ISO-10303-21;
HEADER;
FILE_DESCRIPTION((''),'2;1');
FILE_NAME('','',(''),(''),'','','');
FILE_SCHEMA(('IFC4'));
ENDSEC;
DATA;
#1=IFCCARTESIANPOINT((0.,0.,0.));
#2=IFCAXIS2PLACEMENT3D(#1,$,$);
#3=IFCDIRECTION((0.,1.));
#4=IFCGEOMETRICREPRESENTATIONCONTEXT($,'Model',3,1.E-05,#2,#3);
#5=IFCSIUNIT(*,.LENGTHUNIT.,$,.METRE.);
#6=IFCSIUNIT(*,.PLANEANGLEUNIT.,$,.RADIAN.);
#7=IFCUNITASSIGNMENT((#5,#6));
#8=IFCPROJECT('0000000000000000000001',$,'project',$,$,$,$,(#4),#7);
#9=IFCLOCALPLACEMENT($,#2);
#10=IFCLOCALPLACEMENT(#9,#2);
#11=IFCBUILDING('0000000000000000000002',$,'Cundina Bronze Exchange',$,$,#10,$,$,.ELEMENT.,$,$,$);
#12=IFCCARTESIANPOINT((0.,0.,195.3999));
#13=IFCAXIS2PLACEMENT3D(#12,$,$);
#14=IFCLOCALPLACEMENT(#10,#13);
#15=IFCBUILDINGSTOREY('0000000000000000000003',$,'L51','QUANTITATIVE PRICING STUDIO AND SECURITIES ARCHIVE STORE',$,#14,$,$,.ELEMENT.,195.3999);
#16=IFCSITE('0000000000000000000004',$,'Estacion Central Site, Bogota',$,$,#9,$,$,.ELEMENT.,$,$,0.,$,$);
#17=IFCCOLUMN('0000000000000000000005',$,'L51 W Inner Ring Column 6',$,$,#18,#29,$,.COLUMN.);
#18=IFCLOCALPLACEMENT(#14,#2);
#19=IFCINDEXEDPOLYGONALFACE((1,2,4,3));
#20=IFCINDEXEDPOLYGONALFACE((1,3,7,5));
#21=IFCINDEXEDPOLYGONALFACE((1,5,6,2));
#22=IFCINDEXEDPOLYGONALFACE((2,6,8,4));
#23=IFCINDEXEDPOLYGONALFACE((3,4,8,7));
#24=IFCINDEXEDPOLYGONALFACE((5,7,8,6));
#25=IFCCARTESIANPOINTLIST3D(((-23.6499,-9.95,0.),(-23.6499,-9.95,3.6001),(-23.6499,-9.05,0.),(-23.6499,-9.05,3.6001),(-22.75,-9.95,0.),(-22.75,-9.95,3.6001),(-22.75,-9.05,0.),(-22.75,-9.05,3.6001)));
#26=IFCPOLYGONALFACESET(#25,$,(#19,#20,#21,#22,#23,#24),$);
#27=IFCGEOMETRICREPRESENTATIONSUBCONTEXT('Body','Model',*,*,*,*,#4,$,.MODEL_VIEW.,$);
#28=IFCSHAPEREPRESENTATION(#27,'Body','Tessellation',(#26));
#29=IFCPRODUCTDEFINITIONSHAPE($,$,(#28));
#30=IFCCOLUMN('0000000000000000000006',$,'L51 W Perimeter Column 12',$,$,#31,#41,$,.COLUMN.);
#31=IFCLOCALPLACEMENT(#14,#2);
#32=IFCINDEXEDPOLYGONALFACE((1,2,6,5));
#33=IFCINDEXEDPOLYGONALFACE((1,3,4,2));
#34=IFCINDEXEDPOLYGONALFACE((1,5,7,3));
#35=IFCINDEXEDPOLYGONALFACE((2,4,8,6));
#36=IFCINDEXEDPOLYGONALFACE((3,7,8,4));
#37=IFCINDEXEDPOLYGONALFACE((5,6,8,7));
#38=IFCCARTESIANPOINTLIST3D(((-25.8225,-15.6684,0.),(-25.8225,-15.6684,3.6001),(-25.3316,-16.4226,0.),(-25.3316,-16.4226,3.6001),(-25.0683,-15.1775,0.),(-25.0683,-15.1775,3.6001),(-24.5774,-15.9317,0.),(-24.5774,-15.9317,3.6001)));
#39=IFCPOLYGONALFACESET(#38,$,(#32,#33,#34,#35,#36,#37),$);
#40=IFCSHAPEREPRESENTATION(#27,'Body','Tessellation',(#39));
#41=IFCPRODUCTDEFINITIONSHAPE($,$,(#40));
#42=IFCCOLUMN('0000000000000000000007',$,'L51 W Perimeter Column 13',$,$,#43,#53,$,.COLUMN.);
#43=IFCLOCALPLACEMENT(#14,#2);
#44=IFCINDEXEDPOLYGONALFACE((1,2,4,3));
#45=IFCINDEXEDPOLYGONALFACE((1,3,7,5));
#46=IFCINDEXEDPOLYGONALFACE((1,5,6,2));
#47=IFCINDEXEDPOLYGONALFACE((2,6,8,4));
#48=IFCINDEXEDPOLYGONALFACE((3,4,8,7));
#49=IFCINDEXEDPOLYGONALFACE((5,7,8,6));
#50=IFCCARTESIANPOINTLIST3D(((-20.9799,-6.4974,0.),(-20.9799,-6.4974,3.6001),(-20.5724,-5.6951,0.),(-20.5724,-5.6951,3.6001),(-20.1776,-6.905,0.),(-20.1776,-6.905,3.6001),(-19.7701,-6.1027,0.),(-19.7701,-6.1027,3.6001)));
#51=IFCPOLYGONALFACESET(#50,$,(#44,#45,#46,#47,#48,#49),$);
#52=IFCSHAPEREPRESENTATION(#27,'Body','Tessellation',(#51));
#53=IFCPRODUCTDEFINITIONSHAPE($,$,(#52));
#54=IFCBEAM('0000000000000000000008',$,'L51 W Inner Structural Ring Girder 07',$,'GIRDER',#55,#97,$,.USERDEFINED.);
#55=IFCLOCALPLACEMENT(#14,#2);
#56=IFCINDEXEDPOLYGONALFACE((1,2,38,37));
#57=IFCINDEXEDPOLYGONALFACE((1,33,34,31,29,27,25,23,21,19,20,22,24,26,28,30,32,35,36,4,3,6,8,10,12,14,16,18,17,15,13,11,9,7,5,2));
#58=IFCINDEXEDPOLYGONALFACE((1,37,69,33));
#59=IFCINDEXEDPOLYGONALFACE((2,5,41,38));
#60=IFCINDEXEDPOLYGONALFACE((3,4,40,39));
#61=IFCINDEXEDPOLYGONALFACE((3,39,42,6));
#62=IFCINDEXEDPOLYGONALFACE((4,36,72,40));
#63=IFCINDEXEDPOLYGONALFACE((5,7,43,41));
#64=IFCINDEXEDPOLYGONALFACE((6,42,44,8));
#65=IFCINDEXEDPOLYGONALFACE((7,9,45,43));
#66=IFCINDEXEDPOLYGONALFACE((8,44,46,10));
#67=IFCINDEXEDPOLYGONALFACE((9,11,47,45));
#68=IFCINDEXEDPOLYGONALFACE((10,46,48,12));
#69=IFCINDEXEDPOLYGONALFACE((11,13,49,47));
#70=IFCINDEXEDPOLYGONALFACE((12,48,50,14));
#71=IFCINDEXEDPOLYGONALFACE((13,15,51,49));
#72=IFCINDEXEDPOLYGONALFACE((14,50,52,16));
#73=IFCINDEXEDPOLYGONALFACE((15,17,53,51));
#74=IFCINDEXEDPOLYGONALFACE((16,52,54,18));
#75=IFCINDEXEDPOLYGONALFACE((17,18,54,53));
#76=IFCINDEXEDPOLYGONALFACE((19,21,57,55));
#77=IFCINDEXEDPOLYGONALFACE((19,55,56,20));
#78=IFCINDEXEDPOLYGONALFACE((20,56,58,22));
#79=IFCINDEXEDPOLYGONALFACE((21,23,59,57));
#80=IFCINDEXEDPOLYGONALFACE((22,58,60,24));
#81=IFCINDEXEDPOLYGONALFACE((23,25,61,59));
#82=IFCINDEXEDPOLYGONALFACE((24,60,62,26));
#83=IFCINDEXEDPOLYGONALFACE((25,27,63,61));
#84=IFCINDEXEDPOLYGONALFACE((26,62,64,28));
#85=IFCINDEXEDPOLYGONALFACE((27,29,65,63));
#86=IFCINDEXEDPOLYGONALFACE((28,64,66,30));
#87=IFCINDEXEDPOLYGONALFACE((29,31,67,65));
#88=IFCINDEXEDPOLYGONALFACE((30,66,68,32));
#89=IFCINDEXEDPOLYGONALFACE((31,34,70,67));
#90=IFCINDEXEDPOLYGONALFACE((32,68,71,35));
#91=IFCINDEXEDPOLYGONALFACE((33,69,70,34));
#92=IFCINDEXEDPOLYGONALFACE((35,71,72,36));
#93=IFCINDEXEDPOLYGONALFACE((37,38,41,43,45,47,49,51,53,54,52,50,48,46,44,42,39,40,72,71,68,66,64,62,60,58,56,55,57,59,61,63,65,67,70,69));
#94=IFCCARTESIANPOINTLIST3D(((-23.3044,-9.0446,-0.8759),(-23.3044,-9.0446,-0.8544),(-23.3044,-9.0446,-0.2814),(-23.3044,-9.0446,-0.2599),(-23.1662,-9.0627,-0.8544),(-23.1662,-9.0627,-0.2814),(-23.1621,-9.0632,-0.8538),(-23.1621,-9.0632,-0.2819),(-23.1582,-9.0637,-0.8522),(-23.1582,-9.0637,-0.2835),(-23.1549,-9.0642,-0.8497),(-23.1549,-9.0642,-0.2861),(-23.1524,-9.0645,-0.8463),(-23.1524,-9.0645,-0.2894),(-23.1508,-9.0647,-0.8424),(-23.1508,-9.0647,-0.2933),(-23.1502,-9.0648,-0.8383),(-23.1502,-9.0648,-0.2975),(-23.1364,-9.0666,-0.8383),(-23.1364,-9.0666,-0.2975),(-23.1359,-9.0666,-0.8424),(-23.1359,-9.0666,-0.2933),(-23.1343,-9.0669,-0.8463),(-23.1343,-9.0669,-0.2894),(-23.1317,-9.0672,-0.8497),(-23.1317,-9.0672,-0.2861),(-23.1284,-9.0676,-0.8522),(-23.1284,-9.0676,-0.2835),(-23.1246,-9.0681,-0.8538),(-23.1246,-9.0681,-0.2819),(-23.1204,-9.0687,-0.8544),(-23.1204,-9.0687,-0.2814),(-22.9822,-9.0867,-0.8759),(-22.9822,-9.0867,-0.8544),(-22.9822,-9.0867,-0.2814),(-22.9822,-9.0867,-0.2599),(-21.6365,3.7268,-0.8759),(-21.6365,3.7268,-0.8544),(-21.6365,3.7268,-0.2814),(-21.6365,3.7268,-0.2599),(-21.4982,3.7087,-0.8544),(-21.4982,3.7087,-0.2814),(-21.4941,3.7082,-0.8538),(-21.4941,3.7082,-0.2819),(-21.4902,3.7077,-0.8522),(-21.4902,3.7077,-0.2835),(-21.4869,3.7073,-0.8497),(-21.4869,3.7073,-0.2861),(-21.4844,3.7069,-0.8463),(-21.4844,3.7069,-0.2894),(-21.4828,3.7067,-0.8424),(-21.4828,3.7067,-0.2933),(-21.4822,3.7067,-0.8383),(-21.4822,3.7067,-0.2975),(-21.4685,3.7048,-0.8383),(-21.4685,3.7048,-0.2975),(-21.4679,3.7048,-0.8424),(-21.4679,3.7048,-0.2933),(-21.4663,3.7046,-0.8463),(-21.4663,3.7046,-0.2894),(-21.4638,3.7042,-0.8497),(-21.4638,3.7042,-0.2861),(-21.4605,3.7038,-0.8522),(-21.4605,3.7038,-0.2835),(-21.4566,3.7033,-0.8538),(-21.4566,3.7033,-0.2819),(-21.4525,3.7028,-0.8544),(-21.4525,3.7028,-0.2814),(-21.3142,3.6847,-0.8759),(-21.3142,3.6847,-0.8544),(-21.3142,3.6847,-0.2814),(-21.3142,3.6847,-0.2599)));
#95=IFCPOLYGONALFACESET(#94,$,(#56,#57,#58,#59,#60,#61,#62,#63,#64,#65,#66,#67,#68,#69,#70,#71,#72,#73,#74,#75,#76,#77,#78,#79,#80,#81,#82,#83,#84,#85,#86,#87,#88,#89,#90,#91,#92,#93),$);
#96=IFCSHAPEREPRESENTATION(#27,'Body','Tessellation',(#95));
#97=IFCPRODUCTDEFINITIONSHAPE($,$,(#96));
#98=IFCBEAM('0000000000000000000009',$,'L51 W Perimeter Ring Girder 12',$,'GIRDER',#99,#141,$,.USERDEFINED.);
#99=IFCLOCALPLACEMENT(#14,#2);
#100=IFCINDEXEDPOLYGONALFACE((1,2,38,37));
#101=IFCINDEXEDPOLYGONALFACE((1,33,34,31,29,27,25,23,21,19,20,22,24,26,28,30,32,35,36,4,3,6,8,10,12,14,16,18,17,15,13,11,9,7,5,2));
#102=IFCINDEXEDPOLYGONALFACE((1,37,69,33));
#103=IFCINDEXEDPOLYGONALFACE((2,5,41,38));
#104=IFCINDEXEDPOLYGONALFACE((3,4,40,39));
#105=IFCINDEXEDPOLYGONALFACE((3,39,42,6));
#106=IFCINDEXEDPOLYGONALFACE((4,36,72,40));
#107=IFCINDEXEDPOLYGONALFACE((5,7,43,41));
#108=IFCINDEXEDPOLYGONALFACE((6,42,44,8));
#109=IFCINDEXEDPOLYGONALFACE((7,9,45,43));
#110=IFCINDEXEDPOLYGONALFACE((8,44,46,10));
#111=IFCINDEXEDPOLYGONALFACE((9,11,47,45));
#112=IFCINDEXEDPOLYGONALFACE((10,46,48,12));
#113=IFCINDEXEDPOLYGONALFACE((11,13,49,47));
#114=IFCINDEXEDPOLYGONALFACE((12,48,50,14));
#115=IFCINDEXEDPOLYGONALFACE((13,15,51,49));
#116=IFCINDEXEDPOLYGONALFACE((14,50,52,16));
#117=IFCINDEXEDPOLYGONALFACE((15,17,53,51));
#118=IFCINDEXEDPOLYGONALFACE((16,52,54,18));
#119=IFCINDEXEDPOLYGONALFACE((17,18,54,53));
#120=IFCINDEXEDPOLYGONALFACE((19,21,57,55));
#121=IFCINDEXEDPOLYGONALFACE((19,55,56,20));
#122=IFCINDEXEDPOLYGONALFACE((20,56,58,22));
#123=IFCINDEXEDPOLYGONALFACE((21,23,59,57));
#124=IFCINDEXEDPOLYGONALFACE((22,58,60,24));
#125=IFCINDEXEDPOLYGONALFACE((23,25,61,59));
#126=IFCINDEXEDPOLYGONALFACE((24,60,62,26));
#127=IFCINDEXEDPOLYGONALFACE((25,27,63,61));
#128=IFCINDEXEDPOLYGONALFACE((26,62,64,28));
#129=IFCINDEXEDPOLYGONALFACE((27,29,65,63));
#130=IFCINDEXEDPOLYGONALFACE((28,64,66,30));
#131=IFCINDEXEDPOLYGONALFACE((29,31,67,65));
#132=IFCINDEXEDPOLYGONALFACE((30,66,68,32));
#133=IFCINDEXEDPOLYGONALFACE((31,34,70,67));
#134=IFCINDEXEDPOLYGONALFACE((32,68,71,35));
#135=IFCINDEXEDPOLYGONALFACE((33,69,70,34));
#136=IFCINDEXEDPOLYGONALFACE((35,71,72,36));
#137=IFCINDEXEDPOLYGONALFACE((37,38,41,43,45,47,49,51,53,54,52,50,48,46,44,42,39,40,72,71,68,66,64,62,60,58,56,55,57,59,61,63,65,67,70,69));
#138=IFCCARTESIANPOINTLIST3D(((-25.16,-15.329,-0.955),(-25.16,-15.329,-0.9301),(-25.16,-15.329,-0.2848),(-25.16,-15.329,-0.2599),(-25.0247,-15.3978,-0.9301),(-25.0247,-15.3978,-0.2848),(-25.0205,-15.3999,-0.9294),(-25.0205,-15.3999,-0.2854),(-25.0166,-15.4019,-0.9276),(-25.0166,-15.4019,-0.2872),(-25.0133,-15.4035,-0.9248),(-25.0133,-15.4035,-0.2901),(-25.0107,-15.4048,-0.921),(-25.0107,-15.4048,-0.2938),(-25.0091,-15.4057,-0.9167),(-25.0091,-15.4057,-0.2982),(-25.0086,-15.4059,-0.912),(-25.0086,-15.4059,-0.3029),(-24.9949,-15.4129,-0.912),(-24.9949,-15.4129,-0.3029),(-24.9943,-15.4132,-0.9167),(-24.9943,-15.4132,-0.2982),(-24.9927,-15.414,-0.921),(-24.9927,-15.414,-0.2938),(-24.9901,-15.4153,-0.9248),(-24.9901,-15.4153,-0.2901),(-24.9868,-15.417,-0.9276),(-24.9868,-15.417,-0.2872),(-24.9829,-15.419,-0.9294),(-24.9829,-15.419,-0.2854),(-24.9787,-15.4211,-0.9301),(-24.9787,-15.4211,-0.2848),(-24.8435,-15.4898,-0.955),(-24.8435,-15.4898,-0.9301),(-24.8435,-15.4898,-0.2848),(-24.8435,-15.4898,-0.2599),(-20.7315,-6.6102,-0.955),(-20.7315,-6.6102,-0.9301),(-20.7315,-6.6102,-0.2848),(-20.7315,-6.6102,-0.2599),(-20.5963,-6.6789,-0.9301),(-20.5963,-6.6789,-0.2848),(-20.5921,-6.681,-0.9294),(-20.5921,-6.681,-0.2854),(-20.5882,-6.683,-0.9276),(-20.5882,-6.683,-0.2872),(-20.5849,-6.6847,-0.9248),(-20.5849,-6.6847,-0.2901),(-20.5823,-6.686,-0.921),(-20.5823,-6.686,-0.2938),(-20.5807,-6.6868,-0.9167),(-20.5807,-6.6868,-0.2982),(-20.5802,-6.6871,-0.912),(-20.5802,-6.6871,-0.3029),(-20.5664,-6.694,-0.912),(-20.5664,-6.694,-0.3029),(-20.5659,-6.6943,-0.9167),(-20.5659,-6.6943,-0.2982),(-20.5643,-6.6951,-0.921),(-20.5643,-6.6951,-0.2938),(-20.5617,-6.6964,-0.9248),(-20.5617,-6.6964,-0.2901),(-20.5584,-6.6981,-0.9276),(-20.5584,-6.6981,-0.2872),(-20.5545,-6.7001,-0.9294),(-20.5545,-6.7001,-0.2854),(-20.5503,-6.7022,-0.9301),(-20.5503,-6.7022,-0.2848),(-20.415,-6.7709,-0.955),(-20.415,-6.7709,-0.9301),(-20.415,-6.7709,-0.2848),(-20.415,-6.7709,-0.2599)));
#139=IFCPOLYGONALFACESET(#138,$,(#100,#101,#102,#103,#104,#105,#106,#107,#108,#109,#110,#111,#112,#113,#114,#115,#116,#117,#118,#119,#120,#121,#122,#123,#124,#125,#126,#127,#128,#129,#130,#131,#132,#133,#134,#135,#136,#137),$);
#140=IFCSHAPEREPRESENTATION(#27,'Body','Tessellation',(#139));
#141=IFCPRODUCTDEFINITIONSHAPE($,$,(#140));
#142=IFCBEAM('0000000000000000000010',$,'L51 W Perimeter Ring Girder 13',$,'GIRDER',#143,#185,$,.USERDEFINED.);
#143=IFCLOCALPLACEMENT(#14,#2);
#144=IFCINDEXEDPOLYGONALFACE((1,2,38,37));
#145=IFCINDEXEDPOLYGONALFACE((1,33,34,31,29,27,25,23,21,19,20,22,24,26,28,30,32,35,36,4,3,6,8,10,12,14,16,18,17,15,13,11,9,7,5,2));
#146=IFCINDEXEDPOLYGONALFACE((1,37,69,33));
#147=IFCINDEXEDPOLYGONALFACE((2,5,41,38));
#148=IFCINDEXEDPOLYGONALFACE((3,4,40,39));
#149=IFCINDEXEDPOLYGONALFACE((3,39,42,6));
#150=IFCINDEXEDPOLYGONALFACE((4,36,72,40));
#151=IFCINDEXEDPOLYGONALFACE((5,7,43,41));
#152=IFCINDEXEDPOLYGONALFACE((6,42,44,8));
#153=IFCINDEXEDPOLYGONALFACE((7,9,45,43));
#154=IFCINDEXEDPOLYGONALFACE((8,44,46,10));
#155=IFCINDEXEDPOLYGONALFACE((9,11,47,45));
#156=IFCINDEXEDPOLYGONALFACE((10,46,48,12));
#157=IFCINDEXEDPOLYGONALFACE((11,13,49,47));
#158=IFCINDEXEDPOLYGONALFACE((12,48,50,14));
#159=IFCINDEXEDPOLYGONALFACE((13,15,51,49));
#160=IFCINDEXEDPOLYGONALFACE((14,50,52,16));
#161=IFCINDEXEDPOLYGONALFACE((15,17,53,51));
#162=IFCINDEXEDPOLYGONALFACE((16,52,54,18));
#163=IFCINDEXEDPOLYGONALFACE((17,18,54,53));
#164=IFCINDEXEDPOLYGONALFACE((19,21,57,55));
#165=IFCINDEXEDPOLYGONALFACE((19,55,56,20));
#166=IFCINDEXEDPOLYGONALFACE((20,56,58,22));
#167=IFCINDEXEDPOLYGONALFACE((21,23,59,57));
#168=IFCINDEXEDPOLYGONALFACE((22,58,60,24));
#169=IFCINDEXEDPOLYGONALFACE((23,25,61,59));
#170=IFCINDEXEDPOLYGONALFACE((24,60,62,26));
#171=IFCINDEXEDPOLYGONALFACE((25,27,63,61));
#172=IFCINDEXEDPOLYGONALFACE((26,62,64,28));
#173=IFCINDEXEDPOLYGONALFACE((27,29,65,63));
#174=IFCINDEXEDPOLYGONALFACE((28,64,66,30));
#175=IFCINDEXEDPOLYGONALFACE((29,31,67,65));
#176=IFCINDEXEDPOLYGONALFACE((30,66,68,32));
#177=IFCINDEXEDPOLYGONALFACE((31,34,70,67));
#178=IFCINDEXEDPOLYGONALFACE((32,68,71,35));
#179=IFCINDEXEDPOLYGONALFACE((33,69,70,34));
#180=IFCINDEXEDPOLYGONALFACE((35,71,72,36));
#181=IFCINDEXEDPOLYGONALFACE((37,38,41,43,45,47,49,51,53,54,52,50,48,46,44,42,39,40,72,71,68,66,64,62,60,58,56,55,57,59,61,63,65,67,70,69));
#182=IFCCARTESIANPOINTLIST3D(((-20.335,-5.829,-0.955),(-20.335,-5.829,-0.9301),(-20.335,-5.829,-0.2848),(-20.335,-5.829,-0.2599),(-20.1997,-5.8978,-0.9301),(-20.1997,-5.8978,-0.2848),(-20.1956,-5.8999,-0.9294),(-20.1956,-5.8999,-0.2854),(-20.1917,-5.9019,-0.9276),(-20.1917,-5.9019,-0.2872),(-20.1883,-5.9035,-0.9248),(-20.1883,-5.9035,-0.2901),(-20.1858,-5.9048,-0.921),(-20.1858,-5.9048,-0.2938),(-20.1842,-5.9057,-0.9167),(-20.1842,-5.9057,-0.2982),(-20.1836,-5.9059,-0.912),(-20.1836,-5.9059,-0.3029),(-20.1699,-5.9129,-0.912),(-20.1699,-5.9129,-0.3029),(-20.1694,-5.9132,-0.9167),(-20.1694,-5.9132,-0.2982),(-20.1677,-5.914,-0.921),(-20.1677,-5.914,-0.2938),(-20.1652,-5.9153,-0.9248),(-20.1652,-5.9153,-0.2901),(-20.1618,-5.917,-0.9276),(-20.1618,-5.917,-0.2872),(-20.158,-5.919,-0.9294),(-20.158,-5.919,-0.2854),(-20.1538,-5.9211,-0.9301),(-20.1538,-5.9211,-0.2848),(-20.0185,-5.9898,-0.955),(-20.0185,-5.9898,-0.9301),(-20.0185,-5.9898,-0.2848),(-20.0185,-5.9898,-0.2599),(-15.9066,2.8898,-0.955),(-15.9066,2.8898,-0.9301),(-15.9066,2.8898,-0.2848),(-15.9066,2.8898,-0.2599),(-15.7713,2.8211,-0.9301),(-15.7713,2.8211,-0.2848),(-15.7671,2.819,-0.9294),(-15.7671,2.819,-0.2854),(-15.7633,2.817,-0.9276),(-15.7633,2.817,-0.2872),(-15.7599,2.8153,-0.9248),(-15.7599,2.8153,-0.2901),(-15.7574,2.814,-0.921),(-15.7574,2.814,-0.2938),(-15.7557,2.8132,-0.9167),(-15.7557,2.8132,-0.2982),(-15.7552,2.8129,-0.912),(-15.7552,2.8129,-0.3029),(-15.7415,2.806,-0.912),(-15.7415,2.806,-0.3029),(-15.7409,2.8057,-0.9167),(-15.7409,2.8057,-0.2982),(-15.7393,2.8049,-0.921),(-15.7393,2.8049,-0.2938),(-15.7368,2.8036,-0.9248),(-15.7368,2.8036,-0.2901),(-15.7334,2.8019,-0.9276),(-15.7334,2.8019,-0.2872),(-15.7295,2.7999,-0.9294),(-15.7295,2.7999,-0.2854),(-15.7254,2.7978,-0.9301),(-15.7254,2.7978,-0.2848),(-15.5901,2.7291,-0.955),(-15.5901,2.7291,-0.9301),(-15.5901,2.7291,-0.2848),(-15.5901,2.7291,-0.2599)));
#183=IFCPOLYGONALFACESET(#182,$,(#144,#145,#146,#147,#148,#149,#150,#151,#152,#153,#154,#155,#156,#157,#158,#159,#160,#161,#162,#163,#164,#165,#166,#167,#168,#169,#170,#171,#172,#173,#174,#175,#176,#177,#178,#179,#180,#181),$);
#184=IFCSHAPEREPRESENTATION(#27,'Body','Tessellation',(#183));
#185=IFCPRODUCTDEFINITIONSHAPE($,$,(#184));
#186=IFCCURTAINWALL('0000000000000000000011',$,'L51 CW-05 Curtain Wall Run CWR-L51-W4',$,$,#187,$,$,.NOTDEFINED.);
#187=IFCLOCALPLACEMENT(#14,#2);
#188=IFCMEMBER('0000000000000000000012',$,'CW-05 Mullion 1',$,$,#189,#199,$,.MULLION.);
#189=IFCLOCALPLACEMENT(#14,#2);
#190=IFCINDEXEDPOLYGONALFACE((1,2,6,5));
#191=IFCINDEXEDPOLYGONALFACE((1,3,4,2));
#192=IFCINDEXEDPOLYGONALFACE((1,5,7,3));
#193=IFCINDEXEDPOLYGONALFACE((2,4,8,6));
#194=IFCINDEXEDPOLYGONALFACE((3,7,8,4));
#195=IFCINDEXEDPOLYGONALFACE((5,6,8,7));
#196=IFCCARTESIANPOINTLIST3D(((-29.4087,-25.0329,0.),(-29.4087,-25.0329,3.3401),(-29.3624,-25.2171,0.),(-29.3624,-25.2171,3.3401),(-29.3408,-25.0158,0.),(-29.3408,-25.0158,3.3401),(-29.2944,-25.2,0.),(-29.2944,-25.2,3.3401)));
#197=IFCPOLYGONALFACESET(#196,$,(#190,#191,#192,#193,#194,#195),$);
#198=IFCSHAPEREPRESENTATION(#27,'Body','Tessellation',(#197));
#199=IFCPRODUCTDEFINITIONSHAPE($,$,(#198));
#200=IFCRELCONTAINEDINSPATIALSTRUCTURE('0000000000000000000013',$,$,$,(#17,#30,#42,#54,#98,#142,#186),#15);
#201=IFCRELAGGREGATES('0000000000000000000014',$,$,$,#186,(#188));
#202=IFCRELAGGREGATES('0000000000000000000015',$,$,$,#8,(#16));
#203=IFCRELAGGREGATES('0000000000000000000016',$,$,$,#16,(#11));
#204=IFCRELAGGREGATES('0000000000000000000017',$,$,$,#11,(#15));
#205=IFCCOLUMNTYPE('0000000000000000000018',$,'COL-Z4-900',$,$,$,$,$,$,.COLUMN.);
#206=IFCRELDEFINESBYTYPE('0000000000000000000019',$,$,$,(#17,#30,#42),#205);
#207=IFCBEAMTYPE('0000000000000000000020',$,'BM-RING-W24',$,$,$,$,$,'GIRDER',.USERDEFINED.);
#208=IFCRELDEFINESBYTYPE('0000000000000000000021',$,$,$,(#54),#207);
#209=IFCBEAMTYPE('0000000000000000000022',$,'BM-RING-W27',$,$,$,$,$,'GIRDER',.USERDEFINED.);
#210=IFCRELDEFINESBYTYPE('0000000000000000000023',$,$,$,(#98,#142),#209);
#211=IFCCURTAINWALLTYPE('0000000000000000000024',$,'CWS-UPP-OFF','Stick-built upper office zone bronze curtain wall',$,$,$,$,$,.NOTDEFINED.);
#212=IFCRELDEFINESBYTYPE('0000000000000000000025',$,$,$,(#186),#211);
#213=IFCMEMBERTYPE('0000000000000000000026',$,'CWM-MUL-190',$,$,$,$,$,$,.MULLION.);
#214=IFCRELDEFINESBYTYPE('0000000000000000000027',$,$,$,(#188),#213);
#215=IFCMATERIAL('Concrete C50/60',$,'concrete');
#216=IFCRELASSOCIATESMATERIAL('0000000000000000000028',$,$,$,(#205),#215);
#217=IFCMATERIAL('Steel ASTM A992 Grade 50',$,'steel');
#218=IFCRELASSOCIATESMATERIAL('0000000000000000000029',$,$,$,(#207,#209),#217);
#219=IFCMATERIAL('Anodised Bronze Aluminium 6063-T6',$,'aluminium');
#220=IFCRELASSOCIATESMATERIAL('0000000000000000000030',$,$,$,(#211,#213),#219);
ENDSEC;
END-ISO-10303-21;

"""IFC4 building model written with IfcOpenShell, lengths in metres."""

from ifc_helpers import new_model, si_unit, direction, frame, origin, origin_2d, place, context, subcontext, project, spatial, rectangle, i_section, extrude, material, material_profile, profile_set, type_object, element, aggregate, save


model = new_model("IFC4")

# Units and contexts
model_context = context("Model", 3, precision=1e-05, world=origin(), true_north=direction((0.0, 1.0)))
body_context = subcontext(model_context, "Body", "Model", "MODEL_VIEW")
ifc_project = project(units=[si_unit("LENGTHUNIT", "METRE"), si_unit("PLANEANGLEUNIT", "RADIAN")], contexts=[model_context])

# Site, building, storey
site_placement = place(None, origin())
site = spatial("IfcSite", under=ifc_project, at=site_placement, Name="Estacion Central Site, Bogota", CompositionType="ELEMENT", RefElevation=0.0)
building_placement = place(site_placement, origin())
building = spatial("IfcBuilding", under=site, at=building_placement, Name="Cundina Bronze Exchange", CompositionType="ELEMENT")
storey_placement = place(building_placement, frame((0.0, 0.0, 195.3999)))
storey = spatial("IfcBuildingStorey", under=building, at=storey_placement, Name="L51", Description="QUANTITATIVE PRICING STUDIO AND SECURITIES ARCHIVE STORE", CompositionType="ELEMENT", Elevation=195.3999)

# Columns
ifc_material_1 = material(Name="Concrete C50/60", Category="concrete")
ifc_material_profile_1 = material_profile(ifc_material_1, rectangle(XDim=0.8999, YDim=0.8999, at=origin_2d()), Name="RC900X900", Category="concrete")
ifc_profile_set_1 = profile_set([ifc_material_profile_1], Name="Concrete C50/60")
column_type = type_object("IfcColumnType", Name="COL-Z4-900", PredefinedType="COLUMN", material=ifc_profile_set_1)
for number, where, z_axis, x_axis, name in (
    (1, (-23.2, -9.5, 0.0), (0.0, 0.0, 1.0), (1.0, 0.0, 0.0), "L51 W Inner Ring Column 6"),
    (2, (-25.2, -15.8, 0.0), (0.0, 0.0, 1.0), (0.8381, 0.545517, 0.0), "L51 W Perimeter Column 12"),
    (3, (-20.375, -6.3, 0.0), (0.0, 0.0, 1.0), (0.452902, 0.891561, 0.0), "L51 W Perimeter Column 13"),
):
    element("IfcColumn", number, at=place(storey_placement, frame(where, z_axis=z_axis, x_axis=x_axis)), inside=storey, type_object=column_type, Name=name, PredefinedType="COLUMN", context=body_context, shape_type="SweptSolid", body=[
        extrude(rectangle(XDim=0.8999, YDim=0.8999, at=origin_2d()), origin(), (0.0, 0.0, 1.0), 3.6001),
    ])

# Beams
ifc_material_2 = material(Name="Steel ASTM A992 Grade 50", Category="steel")
ifc_material_profile_2 = material_profile(ifc_material_2, i_section(OverallWidth=0.325, OverallDepth=0.616, WebThickness=0.0139, FlangeThickness=0.0215, FilletRadius=0.0161, at=origin_2d()), Name="W24X117", Category="steel")
ifc_profile_set_2 = profile_set([ifc_material_profile_2], Name="Steel ASTM A992 Grade 50")
beam_type_1 = type_object("IfcBeamType", Name="BM-RING-W24", ElementType="GIRDER", PredefinedType="USERDEFINED", material=ifc_profile_set_2)
beam_placement = place(storey_placement, frame((-23.1433, -9.0657, -0.5679), z_axis=(0.129501, 0.991579, 0.0), x_axis=(-0.991579, 0.129501, 0.0)))
element("IfcBeam", 4, at=beam_placement, inside=storey, type_object=beam_type_1, Name="L51 W Inner Structural Ring Girder 07", ObjectType="GIRDER", PredefinedType="USERDEFINED", context=body_context, shape_type="SweptSolid", body=[
    extrude(i_section(OverallWidth=0.325, OverallDepth=0.616, WebThickness=0.0139, FlangeThickness=0.0215, FilletRadius=0.0161, at=origin_2d()), origin(), (0.0, 0.0, 1.0), 12.8799),
])
ifc_material_profile_3 = material_profile(ifc_material_2, i_section(OverallWidth=0.355, OverallDepth=0.6951, WebThickness=0.0154, FlangeThickness=0.0249, FilletRadius=0.0181, at=origin_2d()), Name="W27X146", Category="steel")
ifc_profile_set_3 = profile_set([ifc_material_profile_3], Name="Steel ASTM A992 Grade 50")
beam_type_2 = type_object("IfcBeamType", Name="BM-RING-W27", ElementType="GIRDER", PredefinedType="USERDEFINED", material=ifc_profile_set_3)
for number, where, z_axis, x_axis, name in (
    (5, (-25.0017, -15.4094, -0.6074), (0.452847, 0.891588, 0.0), (-0.891588, 0.452847, 0.0), "L51 W Perimeter Ring Girder 12"),
    (6, (-20.1768, -5.9094, -0.6074), (0.452847, 0.891588, 0.0), (-0.891588, 0.452847, 0.0), "L51 W Perimeter Ring Girder 13"),
):
    element("IfcBeam", number, at=place(storey_placement, frame(where, z_axis=z_axis, x_axis=x_axis)), inside=storey, type_object=beam_type_2, Name=name, ObjectType="GIRDER", PredefinedType="USERDEFINED", context=body_context, shape_type="SweptSolid", body=[
        extrude(i_section(OverallWidth=0.355, OverallDepth=0.6951, WebThickness=0.0154, FlangeThickness=0.0249, FilletRadius=0.0181, at=origin_2d()), origin(), (0.0, 0.0, 1.0), 9.7791),
    ])

# Curtain wall, member
ifc_material_3 = material(Name="Anodised Bronze Aluminium 6063-T6", Category="aluminium")
curtain_wall_type = type_object("IfcCurtainWallType", Name="CWS-UPP-OFF", Description="Stick-built upper office zone bronze curtain wall", PredefinedType="NOTDEFINED", material=ifc_material_3)
curtain_wall_placement = place(storey_placement, origin())
curtain_wall = element("IfcCurtainWall", 7, at=curtain_wall_placement, inside=storey, type_object=curtain_wall_type, Name="L51 CW-05 Curtain Wall Run CWR-L51-W4", PredefinedType="NOTDEFINED")
ifc_material_profile_4 = material_profile(ifc_material_3, rectangle(XDim=0.0701, YDim=0.1899, at=origin_2d()), Name="AL70X190", Category="aluminium")
ifc_profile_set_4 = profile_set([ifc_material_profile_4], Name="Anodised Bronze Aluminium 6063-T6")
member_type_1 = type_object("IfcMemberType", Name="CWM-MUL-190", PredefinedType="MULLION", material=ifc_profile_set_4)
member_1_placement = place(storey_placement, frame((-29.3516, -25.1165, 0.0), z_axis=(0.0, 0.0, 1.0), x_axis=(0.969744, 0.244123, 0.0)))
member_1 = element("IfcMember", 8, at=member_1_placement, type_object=member_type_1, Name="CW-05 Mullion 1", PredefinedType="MULLION", context=body_context, shape_type="SweptSolid", body=[
    extrude(rectangle(XDim=0.0701, YDim=0.1899, at=origin_2d()), origin(), (0.0, 0.0, 1.0), 3.3401),
])
aggregate(curtain_wall, [member_1])

save(model, "model.ifc")
